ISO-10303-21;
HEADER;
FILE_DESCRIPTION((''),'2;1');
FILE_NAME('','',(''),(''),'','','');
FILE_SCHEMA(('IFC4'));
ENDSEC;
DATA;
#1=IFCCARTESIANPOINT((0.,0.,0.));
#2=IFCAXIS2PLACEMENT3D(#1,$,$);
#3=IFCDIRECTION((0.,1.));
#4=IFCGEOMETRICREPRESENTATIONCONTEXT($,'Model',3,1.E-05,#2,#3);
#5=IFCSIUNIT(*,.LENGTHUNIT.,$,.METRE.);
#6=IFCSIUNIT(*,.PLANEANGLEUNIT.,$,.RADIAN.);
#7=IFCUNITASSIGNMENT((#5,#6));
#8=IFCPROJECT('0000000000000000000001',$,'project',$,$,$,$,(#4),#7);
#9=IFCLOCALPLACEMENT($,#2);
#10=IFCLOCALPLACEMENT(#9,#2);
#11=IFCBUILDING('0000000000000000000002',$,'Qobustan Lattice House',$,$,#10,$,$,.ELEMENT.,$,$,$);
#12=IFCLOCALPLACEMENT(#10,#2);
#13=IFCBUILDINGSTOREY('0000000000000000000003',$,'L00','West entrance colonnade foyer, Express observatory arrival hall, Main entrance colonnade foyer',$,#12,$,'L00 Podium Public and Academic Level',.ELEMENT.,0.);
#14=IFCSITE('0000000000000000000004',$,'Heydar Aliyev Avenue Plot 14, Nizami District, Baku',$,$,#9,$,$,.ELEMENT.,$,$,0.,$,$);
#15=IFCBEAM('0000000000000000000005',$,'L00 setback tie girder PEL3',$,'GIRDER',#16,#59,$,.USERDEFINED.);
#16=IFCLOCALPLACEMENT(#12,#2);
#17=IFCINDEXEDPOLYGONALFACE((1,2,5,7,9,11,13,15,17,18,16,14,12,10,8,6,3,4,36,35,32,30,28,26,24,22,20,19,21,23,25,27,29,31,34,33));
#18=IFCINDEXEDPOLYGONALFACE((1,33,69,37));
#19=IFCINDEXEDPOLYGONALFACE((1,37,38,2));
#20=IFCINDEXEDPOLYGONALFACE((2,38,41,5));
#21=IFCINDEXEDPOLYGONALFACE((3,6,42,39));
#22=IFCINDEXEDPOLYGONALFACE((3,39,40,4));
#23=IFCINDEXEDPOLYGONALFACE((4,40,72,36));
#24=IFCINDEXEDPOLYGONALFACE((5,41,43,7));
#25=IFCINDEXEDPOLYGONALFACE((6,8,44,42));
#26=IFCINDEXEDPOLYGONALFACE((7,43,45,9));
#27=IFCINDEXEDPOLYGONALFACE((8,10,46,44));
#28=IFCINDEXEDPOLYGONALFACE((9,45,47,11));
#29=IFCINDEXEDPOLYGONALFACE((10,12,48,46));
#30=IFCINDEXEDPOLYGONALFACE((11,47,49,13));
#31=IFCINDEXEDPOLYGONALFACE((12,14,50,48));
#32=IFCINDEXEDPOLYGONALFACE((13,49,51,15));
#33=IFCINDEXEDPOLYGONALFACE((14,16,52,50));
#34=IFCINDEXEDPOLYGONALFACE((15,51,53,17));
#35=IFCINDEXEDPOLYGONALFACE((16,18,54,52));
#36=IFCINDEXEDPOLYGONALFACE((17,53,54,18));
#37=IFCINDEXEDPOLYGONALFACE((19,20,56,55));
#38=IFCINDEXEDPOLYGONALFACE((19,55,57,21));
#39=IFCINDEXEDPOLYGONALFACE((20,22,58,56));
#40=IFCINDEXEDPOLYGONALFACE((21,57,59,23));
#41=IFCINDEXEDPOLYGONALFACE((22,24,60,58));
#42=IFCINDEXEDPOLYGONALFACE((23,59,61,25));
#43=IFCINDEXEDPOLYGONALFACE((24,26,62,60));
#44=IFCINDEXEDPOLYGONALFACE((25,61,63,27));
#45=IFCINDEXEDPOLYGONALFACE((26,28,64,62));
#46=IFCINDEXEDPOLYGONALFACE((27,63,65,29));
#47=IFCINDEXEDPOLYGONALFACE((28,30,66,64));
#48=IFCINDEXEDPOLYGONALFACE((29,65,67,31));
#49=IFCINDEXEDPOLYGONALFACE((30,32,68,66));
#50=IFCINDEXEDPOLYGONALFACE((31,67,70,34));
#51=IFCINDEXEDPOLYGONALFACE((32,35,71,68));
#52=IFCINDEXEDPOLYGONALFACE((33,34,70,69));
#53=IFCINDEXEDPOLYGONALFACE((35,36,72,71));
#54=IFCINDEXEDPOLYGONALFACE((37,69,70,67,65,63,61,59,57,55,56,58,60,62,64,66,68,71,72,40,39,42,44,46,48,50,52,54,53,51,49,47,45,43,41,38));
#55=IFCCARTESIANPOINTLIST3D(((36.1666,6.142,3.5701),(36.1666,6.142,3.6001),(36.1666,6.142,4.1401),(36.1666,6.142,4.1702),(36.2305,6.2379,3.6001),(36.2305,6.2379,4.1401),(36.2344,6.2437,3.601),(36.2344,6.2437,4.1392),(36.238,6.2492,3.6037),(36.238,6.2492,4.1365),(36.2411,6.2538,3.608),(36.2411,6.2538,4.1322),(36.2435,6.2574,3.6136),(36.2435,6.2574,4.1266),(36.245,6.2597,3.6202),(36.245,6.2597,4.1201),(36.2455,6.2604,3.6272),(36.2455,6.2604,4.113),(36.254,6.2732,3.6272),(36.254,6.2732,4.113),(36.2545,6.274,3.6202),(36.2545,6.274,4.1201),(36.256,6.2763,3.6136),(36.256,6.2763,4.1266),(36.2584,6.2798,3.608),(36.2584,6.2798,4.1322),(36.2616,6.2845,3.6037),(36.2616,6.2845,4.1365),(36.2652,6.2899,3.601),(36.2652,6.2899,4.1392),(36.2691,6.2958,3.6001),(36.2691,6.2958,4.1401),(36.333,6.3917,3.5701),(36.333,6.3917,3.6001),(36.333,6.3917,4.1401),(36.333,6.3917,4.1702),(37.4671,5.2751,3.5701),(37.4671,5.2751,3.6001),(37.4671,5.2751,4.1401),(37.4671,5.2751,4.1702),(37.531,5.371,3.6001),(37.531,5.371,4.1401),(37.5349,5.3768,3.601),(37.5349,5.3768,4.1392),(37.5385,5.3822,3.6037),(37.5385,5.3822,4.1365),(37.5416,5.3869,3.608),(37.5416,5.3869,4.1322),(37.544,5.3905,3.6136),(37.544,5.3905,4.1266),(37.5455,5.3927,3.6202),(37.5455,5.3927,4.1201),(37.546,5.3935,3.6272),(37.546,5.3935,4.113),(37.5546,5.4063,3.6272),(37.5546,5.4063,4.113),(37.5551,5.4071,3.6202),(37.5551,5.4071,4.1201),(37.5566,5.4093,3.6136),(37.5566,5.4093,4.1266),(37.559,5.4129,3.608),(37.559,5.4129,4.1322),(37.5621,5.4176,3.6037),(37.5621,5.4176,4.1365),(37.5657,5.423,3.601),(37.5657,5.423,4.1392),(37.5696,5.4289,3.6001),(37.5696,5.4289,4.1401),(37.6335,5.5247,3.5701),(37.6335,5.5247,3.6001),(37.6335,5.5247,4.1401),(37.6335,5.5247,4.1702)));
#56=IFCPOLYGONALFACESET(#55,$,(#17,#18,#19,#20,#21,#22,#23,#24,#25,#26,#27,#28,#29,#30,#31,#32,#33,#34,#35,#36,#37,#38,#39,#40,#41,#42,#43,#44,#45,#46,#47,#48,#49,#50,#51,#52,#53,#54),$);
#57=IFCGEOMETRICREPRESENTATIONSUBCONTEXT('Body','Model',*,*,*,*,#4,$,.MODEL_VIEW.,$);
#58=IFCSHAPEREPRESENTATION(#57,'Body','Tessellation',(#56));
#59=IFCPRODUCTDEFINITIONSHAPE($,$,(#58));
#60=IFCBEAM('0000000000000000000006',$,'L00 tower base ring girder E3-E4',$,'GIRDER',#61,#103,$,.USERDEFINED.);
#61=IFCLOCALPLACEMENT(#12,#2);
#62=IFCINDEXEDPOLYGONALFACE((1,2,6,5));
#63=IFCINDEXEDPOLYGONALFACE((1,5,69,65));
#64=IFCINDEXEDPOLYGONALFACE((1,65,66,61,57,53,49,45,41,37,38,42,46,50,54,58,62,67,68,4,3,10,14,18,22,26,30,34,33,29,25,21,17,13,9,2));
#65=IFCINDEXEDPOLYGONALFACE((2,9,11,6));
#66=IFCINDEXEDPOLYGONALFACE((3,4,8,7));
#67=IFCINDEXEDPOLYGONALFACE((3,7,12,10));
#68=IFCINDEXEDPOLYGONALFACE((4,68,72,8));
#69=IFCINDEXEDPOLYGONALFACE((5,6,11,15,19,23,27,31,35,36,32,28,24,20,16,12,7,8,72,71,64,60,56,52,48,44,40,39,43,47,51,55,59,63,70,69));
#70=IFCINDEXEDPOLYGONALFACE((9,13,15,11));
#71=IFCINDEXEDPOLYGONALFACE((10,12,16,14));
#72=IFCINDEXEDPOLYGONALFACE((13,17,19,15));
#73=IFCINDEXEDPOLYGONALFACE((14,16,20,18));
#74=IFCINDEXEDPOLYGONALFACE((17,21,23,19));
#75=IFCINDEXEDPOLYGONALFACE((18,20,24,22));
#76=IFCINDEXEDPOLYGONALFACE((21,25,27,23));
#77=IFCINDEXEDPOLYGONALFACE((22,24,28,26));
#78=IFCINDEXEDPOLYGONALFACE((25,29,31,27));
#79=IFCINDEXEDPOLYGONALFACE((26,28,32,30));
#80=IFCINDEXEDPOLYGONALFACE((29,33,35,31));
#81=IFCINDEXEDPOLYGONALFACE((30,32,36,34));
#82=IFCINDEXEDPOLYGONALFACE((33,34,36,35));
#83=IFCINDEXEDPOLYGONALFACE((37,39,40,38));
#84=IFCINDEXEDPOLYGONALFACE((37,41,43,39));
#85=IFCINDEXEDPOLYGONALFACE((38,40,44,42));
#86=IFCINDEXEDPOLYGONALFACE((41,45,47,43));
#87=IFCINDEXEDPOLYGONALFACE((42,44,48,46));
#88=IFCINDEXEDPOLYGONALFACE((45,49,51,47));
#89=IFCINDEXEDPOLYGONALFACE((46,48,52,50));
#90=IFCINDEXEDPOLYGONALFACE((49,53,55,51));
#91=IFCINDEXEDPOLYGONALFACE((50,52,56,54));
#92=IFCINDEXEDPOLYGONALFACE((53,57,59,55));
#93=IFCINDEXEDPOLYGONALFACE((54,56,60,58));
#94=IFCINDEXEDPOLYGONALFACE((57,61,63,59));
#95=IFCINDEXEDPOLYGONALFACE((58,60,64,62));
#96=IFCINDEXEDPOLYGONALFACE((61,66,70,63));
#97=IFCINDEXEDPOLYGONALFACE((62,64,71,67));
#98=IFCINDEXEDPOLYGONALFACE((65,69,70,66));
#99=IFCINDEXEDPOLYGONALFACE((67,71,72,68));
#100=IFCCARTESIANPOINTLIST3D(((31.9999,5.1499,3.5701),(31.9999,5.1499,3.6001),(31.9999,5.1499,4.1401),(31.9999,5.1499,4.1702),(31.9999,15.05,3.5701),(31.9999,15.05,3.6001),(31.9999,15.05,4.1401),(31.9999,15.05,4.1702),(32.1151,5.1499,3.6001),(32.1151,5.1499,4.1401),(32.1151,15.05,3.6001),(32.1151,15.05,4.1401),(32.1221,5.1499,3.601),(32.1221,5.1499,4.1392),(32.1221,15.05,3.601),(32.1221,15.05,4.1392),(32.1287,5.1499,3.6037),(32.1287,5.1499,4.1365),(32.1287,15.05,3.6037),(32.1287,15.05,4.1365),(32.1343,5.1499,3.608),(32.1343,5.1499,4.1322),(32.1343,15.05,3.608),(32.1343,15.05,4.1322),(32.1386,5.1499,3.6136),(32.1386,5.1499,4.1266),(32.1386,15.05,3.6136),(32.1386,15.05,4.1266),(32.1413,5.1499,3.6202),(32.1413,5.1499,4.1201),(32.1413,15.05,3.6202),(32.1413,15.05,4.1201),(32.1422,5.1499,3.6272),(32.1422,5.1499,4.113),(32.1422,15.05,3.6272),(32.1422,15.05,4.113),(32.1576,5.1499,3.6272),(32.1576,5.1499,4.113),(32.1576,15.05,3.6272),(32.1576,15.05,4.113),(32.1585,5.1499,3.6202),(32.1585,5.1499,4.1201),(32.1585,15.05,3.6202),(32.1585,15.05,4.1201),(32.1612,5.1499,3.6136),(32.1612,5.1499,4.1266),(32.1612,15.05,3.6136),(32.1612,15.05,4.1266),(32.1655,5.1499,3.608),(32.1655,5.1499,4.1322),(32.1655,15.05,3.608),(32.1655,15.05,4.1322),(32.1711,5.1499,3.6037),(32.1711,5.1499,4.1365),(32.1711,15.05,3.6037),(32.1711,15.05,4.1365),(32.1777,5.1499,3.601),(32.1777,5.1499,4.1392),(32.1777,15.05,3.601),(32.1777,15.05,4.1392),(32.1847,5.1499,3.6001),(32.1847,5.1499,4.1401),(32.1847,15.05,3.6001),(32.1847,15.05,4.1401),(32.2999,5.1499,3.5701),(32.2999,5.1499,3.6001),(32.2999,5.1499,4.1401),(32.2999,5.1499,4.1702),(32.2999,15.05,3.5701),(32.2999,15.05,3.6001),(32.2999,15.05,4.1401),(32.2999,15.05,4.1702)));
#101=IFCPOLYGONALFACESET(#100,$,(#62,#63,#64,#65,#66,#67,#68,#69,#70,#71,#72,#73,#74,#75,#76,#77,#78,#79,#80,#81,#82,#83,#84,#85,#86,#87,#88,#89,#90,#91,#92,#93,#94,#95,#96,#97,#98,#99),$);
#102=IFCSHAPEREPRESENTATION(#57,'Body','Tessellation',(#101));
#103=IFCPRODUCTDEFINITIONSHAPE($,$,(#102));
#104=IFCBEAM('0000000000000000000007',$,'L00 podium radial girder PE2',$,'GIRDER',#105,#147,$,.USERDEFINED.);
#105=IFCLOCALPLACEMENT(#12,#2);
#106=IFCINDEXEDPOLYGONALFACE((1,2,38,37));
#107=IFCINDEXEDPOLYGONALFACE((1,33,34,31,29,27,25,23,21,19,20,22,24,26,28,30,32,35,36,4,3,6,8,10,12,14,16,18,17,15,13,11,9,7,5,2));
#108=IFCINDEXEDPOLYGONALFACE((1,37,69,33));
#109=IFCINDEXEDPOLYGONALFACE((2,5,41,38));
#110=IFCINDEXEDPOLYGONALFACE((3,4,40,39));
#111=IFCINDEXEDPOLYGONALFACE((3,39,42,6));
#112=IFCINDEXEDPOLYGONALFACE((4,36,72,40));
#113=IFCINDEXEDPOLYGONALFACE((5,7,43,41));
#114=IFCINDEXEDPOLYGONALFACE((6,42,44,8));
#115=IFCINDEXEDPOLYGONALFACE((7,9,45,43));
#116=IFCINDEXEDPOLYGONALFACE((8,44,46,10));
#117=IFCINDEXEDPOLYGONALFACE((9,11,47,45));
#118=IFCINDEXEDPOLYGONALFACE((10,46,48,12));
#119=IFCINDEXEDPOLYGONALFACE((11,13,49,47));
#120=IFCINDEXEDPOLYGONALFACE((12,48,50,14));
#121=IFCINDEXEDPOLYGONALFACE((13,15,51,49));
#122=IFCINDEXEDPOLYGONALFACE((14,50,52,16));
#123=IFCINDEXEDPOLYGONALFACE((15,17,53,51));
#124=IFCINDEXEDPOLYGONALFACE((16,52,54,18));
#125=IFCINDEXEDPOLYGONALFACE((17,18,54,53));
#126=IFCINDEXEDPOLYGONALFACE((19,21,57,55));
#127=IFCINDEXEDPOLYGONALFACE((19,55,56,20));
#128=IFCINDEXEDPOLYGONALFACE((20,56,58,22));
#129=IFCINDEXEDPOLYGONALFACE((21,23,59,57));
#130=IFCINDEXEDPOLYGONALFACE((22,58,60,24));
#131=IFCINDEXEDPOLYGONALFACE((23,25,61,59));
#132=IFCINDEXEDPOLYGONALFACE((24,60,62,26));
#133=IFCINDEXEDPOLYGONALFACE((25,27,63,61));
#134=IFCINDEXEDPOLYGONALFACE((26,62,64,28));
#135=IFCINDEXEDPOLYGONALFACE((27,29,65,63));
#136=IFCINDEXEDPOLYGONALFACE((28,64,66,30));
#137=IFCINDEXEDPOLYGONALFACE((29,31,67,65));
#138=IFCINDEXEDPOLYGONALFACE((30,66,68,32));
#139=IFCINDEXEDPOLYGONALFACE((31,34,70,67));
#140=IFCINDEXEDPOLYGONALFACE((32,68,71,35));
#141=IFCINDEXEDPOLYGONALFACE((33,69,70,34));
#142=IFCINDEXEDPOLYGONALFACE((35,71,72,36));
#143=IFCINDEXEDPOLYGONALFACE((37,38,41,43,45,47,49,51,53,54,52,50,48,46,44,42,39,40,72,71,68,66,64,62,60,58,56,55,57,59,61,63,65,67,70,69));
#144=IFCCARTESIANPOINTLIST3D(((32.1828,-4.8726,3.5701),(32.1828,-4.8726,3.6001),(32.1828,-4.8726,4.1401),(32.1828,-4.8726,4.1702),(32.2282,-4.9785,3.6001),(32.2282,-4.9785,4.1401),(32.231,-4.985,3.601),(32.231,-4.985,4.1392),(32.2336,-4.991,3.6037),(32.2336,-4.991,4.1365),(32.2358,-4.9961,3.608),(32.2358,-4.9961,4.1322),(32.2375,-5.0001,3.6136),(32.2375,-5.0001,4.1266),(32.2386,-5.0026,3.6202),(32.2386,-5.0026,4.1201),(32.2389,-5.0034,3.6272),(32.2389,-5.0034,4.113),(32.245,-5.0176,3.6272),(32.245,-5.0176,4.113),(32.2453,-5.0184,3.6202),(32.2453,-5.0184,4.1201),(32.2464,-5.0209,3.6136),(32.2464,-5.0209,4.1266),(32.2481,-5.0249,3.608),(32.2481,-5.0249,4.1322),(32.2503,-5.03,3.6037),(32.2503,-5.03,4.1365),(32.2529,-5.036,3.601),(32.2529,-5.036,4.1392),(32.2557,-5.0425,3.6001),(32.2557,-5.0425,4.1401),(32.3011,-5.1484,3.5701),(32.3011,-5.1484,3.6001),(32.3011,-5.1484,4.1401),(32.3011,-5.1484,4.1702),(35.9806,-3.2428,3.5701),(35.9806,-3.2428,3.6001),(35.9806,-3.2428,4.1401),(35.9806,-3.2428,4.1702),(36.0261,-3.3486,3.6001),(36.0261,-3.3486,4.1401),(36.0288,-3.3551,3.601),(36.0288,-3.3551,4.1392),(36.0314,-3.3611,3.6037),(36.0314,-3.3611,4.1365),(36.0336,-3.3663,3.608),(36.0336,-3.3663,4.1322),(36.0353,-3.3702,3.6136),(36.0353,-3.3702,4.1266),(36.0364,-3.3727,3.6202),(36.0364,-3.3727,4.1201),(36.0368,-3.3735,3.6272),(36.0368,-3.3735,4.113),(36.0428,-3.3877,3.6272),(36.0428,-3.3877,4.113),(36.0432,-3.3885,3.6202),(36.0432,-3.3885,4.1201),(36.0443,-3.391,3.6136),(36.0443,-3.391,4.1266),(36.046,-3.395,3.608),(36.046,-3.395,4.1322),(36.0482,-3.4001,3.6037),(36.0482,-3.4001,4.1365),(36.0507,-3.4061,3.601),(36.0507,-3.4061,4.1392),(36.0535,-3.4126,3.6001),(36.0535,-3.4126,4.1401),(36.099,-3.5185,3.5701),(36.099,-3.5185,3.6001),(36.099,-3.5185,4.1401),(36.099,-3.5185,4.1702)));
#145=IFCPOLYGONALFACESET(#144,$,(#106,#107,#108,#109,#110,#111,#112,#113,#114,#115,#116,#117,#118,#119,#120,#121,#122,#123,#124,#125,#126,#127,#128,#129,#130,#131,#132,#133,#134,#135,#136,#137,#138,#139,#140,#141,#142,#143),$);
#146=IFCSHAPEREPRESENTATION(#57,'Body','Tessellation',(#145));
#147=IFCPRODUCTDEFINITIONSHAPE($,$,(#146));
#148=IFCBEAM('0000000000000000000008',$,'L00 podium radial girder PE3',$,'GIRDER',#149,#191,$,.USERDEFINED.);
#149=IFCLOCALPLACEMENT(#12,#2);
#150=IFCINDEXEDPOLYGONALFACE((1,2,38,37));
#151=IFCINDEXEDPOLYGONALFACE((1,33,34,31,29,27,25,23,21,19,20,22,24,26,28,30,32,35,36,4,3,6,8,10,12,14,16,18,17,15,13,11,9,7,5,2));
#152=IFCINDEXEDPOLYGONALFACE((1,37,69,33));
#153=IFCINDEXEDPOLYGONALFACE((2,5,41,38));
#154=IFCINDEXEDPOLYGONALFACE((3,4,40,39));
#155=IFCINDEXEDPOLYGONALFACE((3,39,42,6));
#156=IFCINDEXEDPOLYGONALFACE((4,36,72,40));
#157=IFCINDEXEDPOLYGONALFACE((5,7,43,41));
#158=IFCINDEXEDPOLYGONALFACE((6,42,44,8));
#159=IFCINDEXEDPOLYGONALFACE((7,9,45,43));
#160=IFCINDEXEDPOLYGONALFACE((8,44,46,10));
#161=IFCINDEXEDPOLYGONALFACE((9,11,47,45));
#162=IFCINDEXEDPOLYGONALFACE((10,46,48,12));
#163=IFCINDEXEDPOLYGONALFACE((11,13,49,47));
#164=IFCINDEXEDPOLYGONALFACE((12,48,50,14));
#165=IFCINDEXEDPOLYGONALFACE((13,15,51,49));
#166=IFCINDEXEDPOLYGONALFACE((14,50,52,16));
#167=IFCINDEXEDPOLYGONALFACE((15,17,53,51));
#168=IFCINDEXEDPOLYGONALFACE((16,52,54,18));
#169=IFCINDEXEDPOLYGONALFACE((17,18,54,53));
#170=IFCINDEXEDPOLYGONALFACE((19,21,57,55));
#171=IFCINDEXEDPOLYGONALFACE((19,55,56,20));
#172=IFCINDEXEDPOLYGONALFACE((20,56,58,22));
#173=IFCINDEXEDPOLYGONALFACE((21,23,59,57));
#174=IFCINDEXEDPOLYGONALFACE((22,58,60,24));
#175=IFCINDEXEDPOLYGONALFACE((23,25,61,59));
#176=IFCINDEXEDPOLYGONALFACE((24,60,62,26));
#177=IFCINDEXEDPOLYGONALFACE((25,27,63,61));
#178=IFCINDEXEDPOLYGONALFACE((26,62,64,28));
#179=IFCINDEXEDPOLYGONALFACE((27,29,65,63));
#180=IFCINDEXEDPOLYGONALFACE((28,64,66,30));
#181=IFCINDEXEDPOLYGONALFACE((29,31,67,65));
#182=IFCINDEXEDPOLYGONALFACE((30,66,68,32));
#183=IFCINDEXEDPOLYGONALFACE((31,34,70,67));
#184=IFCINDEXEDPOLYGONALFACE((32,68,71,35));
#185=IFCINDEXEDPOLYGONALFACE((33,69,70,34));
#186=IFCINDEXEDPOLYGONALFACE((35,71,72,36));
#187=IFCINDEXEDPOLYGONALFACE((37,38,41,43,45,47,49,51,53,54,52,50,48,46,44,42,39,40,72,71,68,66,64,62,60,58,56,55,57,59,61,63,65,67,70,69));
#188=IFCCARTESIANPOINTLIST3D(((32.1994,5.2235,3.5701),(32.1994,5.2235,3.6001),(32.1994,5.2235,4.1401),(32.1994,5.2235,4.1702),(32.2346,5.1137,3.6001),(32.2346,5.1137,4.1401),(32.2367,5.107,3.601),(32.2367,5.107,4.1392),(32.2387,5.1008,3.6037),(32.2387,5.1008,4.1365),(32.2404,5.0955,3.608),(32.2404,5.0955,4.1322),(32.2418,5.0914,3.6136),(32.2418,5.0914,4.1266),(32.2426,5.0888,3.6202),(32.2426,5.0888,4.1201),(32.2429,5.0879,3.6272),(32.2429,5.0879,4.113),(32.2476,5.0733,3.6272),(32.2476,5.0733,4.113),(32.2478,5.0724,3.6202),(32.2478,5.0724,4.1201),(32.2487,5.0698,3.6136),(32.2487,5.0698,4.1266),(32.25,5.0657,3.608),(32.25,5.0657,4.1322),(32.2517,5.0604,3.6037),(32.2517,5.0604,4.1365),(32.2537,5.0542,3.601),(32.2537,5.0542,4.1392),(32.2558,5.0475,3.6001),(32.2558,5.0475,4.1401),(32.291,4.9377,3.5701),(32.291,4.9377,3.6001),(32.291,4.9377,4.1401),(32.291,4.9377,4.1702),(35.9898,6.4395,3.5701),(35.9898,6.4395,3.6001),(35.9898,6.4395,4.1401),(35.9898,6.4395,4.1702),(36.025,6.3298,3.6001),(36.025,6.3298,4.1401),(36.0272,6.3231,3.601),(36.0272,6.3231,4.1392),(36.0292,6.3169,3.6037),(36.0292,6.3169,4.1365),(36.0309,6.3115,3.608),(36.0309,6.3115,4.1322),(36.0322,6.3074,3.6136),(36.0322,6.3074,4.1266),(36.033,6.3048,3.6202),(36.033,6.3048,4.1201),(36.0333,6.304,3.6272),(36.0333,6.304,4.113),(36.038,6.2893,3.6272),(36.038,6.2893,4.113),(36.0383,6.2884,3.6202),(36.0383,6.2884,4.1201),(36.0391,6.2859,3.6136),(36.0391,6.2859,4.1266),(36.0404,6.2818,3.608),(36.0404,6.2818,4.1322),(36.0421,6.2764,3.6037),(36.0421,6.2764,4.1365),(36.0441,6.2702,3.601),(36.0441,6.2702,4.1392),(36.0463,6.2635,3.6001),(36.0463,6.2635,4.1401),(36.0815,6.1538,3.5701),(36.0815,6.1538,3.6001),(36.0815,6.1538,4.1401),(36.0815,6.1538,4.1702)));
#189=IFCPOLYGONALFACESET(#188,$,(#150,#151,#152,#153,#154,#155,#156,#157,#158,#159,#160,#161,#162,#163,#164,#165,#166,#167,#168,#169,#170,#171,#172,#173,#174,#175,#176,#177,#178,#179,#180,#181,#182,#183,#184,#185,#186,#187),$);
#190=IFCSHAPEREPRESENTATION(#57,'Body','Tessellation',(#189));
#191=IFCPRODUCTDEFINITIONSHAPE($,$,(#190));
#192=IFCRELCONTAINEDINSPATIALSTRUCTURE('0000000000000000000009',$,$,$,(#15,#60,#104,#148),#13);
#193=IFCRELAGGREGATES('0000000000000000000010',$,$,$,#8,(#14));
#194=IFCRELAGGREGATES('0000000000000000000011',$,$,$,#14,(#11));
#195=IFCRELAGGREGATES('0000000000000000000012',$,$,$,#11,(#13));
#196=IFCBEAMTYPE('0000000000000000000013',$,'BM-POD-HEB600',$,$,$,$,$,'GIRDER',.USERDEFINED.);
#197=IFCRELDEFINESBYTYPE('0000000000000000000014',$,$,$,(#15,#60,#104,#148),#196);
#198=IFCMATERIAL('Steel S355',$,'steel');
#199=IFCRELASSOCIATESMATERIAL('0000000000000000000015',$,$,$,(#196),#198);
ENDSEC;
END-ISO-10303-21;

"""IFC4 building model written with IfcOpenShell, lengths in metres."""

from ifc_helpers import new_model, si_unit, direction, frame, origin, origin_2d, place, context, subcontext, project, spatial, i_section, extrude, material, material_profile, profile_set, type_object, element, save


model = new_model("IFC4")

# Units and contexts
model_context = context("Model", 3, precision=1e-05, world=origin(), true_north=direction((0.0, 1.0)))
body_context = subcontext(model_context, "Body", "Model", "MODEL_VIEW")
ifc_project = project(units=[si_unit("LENGTHUNIT", "METRE"), si_unit("PLANEANGLEUNIT", "RADIAN")], contexts=[model_context])

# Site, building, storey
site_placement = place(None, origin())
site = spatial("IfcSite", under=ifc_project, at=site_placement, Name="Heydar Aliyev Avenue Plot 14, Nizami District, Baku", CompositionType="ELEMENT", RefElevation=0.0)
building_placement = place(site_placement, origin())
building = spatial("IfcBuilding", under=site, at=building_placement, Name="Qobustan Lattice House", CompositionType="ELEMENT")
storey_placement = place(building_placement, origin())
storey = spatial("IfcBuildingStorey", under=building, at=storey_placement, Name="L00", Description="West entrance colonnade foyer, Express observatory arrival hall, Main entrance colonnade foyer", LongName="L00 Podium Public and Academic Level", CompositionType="ELEMENT", Elevation=0.0)

# Beams
ifc_material_1 = material(Name="Steel S355", Category="steel")
ifc_material_profile_1 = material_profile(ifc_material_1, i_section(OverallWidth=0.3, OverallDepth=0.6001, WebThickness=0.0154, FlangeThickness=0.03, FilletRadius=0.0271, at=origin_2d()), Name="HEB600")
ifc_profile_set_1 = profile_set([ifc_material_profile_1], Name="Steel S355")
beam_type_1 = type_object("IfcBeamType", Name="BM-POD-HEB600", ElementType="GIRDER", PredefinedType="USERDEFINED", material=ifc_profile_set_1)
beam_1_placement = place(storey_placement, frame((37.5503, 5.3999, 3.8701), z_axis=(-0.832074, 0.554664, 0.0), x_axis=(-0.554664, -0.832074, 0.0)))
element("IfcBeam", 1, at=beam_1_placement, inside=storey, type_object=beam_type_1, Name="L00 setback tie girder PEL3", ObjectType="GIRDER", PredefinedType="USERDEFINED", context=body_context, shape_type="SweptSolid", body=[
    extrude(i_section(OverallWidth=0.3, OverallDepth=0.6001, WebThickness=0.0154, FlangeThickness=0.03, FilletRadius=0.0271, at=origin_2d()), origin(), (0.0, 0.0, 1.0), 1.563),
])
beam_2_placement = place(storey_placement, frame((32.1499, 5.1499, 3.8701), z_axis=(0.0, 1.0, 0.0), x_axis=(-1.0, 0.0, 0.0)))
element("IfcBeam", 2, at=beam_2_placement, inside=storey, type_object=beam_type_1, Name="L00 tower base ring girder E3-E4", ObjectType="GIRDER", PredefinedType="USERDEFINED", context=body_context, shape_type="SweptSolid", body=[
    extrude(i_section(OverallWidth=0.3, OverallDepth=0.6001, WebThickness=0.0154, FlangeThickness=0.03, FilletRadius=0.0271, at=origin_2d()), origin(), (0.0, 0.0, 1.0), 9.9001),
])
beam_3_placement = place(storey_placement, frame((36.0398, -3.3806, 3.8701), z_axis=(-0.918949, -0.394376, 0.0), x_axis=(0.394376, -0.918949, 0.0)))
element("IfcBeam", 3, at=beam_3_placement, inside=storey, type_object=beam_type_1, Name="L00 podium radial girder PE2", ObjectType="GIRDER", PredefinedType="USERDEFINED", context=body_context, shape_type="SweptSolid", body=[
    extrude(i_section(OverallWidth=0.3, OverallDepth=0.6001, WebThickness=0.0154, FlangeThickness=0.03, FilletRadius=0.0271, at=origin_2d()), origin(), (0.0, 0.0, 1.0), 4.1328),
])
beam_4_placement = place(storey_placement, frame((36.0356, 6.2966, 3.8701), z_axis=(-0.952198, -0.305481, 0.0), x_axis=(0.305481, -0.952198, 0.0)))
element("IfcBeam", 4, at=beam_4_placement, inside=storey, type_object=beam_type_1, Name="L00 podium radial girder PE3", ObjectType="GIRDER", PredefinedType="USERDEFINED", context=body_context, shape_type="SweptSolid", body=[
    extrude(i_section(OverallWidth=0.3, OverallDepth=0.6001, WebThickness=0.0154, FlangeThickness=0.03, FilletRadius=0.0271, at=origin_2d()), origin(), (0.0, 0.0, 1.0), 3.9807),
])

save(model, "model.ifc")
